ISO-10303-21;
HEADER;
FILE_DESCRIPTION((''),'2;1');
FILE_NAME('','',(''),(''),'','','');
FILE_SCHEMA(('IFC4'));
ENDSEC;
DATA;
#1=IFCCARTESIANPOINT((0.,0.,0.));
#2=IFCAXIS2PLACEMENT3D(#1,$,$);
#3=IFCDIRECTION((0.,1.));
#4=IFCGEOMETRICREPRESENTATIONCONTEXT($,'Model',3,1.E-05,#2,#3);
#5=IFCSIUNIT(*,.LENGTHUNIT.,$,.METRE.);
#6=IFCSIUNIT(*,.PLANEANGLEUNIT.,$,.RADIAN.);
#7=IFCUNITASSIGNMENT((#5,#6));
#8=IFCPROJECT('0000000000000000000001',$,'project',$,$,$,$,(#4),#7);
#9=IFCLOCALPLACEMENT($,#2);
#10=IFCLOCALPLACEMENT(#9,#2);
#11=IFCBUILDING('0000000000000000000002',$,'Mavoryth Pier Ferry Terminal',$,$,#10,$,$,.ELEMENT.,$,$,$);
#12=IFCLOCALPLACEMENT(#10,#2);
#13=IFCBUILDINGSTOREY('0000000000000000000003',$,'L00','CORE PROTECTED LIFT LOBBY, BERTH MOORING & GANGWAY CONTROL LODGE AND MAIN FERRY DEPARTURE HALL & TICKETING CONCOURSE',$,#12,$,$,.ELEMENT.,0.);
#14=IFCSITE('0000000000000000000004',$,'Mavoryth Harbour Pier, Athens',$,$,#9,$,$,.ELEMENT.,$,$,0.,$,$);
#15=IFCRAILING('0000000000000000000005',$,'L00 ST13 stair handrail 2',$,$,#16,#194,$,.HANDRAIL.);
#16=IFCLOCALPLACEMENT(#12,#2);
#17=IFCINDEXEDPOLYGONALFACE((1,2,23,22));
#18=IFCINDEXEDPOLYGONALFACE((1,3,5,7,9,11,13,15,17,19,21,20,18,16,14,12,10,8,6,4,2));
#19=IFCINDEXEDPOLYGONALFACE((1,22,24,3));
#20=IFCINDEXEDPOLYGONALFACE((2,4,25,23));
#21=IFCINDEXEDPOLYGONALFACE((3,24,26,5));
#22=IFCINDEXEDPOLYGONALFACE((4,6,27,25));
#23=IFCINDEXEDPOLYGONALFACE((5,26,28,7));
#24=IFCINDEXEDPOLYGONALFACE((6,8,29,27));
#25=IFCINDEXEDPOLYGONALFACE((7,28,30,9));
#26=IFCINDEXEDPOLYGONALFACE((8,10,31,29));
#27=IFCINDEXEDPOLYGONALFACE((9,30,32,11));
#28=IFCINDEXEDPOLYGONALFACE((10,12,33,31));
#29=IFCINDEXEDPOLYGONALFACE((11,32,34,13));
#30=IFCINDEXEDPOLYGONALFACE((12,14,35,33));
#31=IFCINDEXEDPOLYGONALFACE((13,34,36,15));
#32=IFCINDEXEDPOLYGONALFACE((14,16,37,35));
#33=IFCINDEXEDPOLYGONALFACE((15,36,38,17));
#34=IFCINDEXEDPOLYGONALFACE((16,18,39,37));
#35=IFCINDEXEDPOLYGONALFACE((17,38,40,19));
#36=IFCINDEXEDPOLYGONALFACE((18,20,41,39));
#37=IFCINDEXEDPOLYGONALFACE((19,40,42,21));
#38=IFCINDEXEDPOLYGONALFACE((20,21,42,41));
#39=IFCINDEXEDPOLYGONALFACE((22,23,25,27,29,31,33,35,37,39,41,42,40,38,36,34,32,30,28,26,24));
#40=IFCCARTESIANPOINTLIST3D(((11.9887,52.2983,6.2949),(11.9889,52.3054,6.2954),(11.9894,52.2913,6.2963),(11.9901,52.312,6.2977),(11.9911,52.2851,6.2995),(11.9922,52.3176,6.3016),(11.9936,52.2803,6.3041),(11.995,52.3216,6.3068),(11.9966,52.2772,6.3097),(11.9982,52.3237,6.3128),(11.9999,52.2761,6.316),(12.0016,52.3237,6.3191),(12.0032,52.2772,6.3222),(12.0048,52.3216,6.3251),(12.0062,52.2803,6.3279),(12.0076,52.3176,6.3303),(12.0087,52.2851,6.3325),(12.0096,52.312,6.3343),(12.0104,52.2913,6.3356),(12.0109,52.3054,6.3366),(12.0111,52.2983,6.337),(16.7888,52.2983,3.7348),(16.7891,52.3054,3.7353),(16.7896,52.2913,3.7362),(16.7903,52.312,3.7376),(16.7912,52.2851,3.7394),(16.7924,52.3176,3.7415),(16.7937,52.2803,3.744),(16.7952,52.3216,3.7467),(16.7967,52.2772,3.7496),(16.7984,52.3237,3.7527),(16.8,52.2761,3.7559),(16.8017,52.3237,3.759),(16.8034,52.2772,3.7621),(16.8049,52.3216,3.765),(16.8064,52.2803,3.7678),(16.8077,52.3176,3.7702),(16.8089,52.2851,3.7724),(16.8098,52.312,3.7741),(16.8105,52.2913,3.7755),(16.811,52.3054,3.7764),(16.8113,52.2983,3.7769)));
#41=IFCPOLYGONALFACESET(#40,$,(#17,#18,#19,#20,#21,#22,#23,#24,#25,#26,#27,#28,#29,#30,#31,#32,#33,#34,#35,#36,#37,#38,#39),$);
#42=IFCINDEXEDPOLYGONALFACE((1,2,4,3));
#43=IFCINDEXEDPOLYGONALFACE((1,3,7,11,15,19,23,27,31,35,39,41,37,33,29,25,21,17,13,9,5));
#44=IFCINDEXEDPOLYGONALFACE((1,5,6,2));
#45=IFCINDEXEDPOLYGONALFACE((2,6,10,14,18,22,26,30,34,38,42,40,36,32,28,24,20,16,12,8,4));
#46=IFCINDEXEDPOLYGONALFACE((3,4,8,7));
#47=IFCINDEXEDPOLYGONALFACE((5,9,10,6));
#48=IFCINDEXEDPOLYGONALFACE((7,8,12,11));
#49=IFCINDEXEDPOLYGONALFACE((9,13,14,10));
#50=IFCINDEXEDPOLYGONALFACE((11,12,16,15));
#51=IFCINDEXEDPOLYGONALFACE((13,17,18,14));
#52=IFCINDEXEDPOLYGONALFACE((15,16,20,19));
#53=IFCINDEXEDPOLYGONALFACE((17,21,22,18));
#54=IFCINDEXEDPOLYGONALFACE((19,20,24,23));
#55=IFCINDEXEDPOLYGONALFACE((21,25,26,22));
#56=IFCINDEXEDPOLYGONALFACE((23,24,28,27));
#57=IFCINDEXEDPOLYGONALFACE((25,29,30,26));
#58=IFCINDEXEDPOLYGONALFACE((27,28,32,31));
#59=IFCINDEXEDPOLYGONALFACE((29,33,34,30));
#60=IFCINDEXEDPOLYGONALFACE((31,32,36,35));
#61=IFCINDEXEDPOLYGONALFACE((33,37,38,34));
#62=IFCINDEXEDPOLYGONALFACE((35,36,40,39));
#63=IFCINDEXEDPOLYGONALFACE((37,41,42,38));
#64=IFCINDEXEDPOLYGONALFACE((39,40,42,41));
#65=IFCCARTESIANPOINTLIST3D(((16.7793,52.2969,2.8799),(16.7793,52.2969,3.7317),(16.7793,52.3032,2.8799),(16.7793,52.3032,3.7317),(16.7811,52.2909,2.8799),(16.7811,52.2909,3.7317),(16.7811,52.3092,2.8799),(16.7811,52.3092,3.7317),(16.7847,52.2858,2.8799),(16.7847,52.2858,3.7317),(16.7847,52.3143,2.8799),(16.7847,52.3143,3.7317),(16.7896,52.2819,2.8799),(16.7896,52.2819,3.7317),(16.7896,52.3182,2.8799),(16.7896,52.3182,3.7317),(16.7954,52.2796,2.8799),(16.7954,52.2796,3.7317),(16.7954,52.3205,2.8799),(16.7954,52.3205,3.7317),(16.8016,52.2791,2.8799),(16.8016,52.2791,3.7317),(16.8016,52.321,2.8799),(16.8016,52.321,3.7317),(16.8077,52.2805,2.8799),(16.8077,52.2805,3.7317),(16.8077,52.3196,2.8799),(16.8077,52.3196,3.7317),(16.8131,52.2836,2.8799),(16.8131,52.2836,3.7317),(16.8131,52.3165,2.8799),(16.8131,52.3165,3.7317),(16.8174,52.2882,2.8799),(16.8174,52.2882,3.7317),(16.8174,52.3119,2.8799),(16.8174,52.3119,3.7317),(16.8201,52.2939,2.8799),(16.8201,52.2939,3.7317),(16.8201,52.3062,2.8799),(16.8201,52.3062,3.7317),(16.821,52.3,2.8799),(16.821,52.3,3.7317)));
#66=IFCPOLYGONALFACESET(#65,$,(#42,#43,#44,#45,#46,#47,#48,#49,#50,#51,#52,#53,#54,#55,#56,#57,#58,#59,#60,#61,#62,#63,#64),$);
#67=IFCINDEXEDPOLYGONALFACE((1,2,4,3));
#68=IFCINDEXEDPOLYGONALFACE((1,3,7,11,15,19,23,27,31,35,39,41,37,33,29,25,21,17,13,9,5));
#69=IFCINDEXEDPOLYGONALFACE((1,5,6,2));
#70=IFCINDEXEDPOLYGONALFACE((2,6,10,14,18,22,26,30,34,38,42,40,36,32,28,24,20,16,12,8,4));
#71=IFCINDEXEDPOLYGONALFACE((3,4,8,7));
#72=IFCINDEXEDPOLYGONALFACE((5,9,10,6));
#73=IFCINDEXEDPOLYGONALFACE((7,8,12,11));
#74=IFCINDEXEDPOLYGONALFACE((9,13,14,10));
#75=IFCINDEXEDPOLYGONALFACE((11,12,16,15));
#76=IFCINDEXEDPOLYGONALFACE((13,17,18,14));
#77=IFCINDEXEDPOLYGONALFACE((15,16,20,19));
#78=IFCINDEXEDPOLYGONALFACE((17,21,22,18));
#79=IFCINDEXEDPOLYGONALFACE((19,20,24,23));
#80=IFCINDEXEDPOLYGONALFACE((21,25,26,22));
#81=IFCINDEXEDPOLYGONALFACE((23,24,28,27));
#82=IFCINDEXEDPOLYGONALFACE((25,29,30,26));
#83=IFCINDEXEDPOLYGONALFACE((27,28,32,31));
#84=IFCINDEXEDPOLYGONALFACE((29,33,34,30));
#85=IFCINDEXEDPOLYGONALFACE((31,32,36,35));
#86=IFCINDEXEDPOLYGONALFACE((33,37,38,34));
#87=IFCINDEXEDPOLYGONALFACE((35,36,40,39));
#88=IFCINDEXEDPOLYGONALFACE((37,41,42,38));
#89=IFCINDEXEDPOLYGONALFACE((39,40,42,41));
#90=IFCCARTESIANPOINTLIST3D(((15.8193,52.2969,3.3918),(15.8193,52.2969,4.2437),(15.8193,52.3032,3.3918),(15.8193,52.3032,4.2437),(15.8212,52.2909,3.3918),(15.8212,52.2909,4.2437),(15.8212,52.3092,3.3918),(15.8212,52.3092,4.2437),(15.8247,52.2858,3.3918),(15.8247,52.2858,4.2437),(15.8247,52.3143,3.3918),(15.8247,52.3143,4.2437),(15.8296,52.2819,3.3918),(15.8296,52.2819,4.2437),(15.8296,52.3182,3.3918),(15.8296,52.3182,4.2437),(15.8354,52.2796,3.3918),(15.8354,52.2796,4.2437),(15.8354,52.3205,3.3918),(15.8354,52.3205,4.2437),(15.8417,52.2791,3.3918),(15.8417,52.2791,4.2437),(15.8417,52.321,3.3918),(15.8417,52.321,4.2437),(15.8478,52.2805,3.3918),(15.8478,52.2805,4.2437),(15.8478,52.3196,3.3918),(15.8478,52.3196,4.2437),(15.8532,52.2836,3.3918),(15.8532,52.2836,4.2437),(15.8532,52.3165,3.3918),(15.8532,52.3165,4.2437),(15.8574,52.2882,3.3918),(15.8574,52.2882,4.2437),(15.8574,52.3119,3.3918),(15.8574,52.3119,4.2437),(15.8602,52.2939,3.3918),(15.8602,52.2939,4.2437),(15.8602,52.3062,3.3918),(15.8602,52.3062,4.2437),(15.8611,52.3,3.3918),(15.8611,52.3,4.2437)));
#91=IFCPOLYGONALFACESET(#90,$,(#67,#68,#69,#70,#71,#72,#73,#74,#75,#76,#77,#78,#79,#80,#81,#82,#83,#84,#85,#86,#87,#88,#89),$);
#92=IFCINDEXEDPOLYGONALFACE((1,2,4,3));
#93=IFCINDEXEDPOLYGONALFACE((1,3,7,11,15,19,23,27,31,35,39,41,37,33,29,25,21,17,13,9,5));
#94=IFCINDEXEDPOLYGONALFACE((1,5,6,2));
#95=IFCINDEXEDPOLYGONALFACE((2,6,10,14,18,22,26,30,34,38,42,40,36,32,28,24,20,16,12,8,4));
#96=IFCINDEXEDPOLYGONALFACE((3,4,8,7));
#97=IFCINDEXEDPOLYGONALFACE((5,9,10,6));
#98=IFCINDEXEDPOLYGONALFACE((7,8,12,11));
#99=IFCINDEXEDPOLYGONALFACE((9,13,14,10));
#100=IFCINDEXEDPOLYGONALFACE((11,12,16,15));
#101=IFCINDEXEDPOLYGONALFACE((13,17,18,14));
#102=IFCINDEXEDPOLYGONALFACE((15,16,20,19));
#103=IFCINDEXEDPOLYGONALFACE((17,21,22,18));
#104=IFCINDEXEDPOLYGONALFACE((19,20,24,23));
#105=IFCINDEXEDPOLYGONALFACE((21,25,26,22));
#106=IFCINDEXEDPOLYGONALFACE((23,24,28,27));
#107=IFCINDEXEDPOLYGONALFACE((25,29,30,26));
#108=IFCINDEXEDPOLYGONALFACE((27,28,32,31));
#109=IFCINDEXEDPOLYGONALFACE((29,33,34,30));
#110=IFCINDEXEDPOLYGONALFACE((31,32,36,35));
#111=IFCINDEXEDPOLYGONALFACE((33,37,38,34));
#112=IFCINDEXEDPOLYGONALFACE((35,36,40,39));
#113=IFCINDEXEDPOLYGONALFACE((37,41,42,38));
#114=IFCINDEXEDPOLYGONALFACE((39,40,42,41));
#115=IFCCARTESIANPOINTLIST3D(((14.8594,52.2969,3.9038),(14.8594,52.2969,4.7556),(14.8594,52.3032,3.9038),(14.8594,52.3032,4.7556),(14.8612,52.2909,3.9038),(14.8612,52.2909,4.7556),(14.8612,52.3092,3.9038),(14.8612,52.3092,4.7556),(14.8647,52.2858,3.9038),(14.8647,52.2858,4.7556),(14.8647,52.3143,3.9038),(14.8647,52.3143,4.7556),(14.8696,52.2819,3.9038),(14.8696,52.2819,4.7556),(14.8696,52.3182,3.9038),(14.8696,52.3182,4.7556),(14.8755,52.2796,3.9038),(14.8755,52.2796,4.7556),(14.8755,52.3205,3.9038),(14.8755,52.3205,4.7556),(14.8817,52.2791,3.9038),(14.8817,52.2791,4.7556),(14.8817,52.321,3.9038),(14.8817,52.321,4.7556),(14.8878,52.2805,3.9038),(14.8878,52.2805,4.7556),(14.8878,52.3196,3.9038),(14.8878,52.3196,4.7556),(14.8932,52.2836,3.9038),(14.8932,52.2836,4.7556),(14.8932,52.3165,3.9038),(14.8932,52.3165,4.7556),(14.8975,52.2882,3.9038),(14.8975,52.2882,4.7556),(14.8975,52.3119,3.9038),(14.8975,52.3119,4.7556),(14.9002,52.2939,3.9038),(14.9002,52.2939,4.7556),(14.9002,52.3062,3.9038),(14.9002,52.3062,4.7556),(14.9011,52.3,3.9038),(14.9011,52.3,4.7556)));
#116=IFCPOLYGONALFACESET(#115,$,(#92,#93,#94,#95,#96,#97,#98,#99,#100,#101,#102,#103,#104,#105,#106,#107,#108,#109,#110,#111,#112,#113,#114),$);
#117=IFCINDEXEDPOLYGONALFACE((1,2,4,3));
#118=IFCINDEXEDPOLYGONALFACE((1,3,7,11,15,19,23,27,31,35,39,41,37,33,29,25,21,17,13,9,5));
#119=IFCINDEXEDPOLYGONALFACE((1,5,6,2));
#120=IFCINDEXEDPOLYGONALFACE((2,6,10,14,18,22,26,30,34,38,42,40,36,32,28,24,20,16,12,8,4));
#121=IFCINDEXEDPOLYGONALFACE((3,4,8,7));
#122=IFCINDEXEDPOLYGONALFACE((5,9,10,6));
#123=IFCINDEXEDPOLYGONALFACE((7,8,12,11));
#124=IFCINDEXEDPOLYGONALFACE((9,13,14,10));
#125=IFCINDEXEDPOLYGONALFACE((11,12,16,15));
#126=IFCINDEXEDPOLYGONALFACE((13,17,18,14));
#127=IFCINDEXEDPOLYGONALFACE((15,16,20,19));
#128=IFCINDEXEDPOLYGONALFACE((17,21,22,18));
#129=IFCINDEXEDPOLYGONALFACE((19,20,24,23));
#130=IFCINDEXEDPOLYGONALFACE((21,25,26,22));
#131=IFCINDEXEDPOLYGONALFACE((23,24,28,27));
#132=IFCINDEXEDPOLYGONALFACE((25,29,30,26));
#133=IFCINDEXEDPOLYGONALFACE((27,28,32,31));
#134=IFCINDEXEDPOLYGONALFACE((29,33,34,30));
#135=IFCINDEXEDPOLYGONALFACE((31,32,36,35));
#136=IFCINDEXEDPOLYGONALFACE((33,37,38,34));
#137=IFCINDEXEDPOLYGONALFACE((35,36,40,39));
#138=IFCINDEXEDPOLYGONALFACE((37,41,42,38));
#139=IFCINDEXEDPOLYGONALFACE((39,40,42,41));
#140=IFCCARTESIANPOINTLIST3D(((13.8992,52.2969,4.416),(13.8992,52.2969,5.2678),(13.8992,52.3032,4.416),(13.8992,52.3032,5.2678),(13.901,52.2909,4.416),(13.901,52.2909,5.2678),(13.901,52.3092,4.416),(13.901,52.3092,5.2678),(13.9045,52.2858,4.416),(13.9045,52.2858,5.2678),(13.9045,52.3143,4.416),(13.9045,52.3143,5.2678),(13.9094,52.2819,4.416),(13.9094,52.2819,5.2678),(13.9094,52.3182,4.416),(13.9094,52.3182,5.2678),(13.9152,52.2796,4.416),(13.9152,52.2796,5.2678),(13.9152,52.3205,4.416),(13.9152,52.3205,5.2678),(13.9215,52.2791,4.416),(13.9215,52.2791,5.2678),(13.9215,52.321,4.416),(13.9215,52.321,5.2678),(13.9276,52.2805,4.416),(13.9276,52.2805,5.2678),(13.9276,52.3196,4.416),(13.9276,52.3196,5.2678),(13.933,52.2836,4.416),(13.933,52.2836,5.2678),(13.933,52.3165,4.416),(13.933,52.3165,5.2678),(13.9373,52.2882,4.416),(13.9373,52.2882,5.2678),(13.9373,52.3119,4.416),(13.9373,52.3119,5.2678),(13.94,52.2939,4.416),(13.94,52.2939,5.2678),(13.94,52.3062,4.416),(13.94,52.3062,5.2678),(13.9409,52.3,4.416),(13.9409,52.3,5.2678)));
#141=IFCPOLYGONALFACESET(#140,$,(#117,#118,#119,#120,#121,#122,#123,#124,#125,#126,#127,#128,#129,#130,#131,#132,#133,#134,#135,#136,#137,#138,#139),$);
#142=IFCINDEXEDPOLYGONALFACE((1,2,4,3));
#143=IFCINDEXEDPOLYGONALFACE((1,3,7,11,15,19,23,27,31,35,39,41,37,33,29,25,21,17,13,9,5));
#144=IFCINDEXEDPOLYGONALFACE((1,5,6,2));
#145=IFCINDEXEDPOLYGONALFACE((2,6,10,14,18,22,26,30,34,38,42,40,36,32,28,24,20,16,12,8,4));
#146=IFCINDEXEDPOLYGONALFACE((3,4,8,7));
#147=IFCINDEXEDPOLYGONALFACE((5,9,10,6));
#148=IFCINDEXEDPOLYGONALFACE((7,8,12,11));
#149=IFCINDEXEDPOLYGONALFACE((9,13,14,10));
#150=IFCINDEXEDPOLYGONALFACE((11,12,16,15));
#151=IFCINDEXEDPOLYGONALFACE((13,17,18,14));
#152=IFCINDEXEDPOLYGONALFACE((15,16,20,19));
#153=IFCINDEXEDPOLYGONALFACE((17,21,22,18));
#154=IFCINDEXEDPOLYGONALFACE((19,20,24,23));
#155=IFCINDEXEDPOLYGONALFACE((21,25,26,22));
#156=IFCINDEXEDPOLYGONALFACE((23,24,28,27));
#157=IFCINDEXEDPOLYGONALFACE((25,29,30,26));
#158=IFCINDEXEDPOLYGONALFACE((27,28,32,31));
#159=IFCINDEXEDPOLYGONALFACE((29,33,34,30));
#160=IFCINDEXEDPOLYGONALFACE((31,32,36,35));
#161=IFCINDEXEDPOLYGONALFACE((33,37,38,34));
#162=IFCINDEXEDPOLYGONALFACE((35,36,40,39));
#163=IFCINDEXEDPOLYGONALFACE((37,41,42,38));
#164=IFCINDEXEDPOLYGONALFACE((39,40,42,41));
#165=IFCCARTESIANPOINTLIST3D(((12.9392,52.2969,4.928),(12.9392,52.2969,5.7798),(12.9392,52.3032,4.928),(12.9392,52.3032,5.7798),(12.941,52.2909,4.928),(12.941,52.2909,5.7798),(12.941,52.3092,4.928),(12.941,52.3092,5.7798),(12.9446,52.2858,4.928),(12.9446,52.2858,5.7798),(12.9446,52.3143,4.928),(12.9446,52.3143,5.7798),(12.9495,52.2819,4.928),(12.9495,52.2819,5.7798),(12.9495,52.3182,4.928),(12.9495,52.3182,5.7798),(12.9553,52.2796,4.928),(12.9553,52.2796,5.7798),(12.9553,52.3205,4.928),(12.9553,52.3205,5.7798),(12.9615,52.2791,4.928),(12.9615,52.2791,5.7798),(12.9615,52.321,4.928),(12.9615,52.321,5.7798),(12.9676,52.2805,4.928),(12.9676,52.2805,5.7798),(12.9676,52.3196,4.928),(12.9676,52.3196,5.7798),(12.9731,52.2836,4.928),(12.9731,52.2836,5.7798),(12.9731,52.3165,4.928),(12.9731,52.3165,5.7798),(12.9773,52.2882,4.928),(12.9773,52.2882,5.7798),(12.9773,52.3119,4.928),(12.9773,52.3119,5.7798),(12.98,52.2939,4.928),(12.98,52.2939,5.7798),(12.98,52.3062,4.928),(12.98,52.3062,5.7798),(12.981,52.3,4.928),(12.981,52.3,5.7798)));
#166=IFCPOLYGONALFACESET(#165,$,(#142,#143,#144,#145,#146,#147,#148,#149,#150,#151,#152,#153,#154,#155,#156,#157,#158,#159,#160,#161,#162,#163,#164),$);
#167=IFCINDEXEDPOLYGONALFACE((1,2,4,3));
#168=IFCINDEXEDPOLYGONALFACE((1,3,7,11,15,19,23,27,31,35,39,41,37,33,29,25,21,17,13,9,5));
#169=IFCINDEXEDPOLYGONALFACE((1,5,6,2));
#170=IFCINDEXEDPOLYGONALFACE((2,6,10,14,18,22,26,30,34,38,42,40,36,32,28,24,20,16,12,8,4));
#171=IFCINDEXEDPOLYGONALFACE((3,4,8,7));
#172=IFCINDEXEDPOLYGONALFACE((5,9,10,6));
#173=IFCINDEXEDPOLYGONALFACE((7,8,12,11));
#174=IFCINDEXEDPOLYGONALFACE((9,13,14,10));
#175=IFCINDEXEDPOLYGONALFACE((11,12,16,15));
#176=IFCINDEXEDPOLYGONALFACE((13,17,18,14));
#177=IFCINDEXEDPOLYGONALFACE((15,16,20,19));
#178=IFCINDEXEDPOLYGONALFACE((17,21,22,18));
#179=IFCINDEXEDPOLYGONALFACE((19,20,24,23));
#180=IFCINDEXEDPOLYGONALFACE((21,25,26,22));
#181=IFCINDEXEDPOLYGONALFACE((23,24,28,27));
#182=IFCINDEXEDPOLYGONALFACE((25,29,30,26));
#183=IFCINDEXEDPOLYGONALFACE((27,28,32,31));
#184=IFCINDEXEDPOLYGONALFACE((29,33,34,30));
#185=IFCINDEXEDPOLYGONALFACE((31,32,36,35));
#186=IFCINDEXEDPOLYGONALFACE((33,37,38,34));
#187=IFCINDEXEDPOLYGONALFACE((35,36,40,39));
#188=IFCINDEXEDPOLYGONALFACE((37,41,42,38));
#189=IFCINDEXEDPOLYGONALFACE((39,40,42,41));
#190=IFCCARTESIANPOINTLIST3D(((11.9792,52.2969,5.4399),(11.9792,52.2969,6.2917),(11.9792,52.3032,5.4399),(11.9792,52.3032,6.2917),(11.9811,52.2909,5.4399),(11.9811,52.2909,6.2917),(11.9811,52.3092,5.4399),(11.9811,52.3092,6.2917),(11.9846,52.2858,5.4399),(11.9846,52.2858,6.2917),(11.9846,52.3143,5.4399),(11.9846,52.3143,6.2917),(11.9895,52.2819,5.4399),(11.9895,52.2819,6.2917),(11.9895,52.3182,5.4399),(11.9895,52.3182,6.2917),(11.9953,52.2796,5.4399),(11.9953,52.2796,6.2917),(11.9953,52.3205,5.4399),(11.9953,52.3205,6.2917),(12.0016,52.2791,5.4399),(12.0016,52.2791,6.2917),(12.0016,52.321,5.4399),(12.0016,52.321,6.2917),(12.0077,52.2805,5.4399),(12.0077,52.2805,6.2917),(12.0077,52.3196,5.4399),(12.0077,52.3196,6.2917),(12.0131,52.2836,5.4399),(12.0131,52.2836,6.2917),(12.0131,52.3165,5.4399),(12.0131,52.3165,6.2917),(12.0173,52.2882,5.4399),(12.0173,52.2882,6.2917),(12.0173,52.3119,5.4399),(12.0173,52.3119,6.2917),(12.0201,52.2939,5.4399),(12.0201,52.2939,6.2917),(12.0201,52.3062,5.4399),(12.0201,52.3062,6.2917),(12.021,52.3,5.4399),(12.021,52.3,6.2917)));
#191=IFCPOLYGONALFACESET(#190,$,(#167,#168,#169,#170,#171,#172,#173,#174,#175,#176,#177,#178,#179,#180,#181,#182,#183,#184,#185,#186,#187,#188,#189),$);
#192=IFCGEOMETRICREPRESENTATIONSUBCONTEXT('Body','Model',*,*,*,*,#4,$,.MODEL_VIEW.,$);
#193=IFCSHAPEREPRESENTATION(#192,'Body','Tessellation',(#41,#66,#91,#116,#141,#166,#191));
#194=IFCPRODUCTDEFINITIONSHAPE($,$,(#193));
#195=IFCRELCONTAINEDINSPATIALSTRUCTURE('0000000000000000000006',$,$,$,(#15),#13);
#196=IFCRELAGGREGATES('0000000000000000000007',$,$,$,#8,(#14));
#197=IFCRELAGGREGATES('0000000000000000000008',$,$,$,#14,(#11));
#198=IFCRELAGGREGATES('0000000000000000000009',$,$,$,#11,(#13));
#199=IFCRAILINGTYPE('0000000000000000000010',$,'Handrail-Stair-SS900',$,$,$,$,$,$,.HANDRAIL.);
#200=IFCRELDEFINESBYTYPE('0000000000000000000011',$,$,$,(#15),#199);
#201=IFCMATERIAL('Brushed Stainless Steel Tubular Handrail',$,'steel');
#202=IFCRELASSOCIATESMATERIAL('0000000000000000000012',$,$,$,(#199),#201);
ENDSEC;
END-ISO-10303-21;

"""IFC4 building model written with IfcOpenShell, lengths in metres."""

from ifc_helpers import new_model, si_unit, direction, frame, origin, origin_2d, place, context, subcontext, project, spatial, circle, extrude, material, type_object, element, save


model = new_model("IFC4")

# Units and contexts
model_context = context("Model", 3, precision=1e-05, world=origin(), true_north=direction((0.0, 1.0)))
body_context = subcontext(model_context, "Body", "Model", "MODEL_VIEW")
ifc_project = project(units=[si_unit("LENGTHUNIT", "METRE"), si_unit("PLANEANGLEUNIT", "RADIAN")], contexts=[model_context])

# Site, building, storey
site_placement = place(None, origin())
site = spatial("IfcSite", under=ifc_project, at=site_placement, Name="Mavoryth Harbour Pier, Athens", CompositionType="ELEMENT", RefElevation=0.0)
building_placement = place(site_placement, origin())
building = spatial("IfcBuilding", under=site, at=building_placement, Name="Mavoryth Pier Ferry Terminal", CompositionType="ELEMENT")
storey_placement = place(building_placement, origin())
storey = spatial("IfcBuildingStorey", under=building, at=storey_placement, Name="L00", Description="CORE PROTECTED LIFT LOBBY, BERTH MOORING & GANGWAY CONTROL LODGE AND MAIN FERRY DEPARTURE HALL & TICKETING CONCOURSE", CompositionType="ELEMENT", Elevation=0.0)

# Railing
ifc_material_1 = material(Name="Brushed Stainless Steel Tubular Handrail", Category="steel")
railing_type = type_object("IfcRailingType", Name="Handrail-Stair-SS900", PredefinedType="HANDRAIL", material=ifc_material_1)
railing_placement = place(storey_placement, frame((16.8, 52.3, 2.8799)))
element("IfcRailing", 1, at=railing_placement, inside=storey, type_object=railing_type, Name="L00 ST13 stair handrail 2", PredefinedType="HANDRAIL", context=body_context, shape_type="SweptSolid", body=[
    extrude(circle(Radius=0.0239, at=origin_2d()), frame((0.0, 0.0, 0.876), z_axis=(-0.88235, 0.0, 0.470593), x_axis=(0.0, -1.0, 0.0)), (0.0, 0.0, 1.0), 5.4402),
    extrude(circle(Radius=0.021, at=origin_2d()), origin(), (0.0, 0.0, 1.0), 0.8518),
    extrude(circle(Radius=0.021, at=origin_2d()), frame((-0.96, 0.0, 0.512)), (0.0, 0.0, 1.0), 0.8518),
    extrude(circle(Radius=0.021, at=origin_2d()), frame((-1.9199, 0.0, 1.0239)), (0.0, 0.0, 1.0), 0.8518),
    extrude(circle(Radius=0.021, at=origin_2d()), frame((-2.8801, 0.0, 1.5361)), (0.0, 0.0, 1.0), 0.8518),
    extrude(circle(Radius=0.021, at=origin_2d()), frame((-3.8401, 0.0, 2.0481)), (0.0, 0.0, 1.0), 0.8518),
    extrude(circle(Radius=0.021, at=origin_2d()), frame((-4.8, 0.0, 2.5601)), (0.0, 0.0, 1.0), 0.8518),
])

save(model, "model.ifc")
